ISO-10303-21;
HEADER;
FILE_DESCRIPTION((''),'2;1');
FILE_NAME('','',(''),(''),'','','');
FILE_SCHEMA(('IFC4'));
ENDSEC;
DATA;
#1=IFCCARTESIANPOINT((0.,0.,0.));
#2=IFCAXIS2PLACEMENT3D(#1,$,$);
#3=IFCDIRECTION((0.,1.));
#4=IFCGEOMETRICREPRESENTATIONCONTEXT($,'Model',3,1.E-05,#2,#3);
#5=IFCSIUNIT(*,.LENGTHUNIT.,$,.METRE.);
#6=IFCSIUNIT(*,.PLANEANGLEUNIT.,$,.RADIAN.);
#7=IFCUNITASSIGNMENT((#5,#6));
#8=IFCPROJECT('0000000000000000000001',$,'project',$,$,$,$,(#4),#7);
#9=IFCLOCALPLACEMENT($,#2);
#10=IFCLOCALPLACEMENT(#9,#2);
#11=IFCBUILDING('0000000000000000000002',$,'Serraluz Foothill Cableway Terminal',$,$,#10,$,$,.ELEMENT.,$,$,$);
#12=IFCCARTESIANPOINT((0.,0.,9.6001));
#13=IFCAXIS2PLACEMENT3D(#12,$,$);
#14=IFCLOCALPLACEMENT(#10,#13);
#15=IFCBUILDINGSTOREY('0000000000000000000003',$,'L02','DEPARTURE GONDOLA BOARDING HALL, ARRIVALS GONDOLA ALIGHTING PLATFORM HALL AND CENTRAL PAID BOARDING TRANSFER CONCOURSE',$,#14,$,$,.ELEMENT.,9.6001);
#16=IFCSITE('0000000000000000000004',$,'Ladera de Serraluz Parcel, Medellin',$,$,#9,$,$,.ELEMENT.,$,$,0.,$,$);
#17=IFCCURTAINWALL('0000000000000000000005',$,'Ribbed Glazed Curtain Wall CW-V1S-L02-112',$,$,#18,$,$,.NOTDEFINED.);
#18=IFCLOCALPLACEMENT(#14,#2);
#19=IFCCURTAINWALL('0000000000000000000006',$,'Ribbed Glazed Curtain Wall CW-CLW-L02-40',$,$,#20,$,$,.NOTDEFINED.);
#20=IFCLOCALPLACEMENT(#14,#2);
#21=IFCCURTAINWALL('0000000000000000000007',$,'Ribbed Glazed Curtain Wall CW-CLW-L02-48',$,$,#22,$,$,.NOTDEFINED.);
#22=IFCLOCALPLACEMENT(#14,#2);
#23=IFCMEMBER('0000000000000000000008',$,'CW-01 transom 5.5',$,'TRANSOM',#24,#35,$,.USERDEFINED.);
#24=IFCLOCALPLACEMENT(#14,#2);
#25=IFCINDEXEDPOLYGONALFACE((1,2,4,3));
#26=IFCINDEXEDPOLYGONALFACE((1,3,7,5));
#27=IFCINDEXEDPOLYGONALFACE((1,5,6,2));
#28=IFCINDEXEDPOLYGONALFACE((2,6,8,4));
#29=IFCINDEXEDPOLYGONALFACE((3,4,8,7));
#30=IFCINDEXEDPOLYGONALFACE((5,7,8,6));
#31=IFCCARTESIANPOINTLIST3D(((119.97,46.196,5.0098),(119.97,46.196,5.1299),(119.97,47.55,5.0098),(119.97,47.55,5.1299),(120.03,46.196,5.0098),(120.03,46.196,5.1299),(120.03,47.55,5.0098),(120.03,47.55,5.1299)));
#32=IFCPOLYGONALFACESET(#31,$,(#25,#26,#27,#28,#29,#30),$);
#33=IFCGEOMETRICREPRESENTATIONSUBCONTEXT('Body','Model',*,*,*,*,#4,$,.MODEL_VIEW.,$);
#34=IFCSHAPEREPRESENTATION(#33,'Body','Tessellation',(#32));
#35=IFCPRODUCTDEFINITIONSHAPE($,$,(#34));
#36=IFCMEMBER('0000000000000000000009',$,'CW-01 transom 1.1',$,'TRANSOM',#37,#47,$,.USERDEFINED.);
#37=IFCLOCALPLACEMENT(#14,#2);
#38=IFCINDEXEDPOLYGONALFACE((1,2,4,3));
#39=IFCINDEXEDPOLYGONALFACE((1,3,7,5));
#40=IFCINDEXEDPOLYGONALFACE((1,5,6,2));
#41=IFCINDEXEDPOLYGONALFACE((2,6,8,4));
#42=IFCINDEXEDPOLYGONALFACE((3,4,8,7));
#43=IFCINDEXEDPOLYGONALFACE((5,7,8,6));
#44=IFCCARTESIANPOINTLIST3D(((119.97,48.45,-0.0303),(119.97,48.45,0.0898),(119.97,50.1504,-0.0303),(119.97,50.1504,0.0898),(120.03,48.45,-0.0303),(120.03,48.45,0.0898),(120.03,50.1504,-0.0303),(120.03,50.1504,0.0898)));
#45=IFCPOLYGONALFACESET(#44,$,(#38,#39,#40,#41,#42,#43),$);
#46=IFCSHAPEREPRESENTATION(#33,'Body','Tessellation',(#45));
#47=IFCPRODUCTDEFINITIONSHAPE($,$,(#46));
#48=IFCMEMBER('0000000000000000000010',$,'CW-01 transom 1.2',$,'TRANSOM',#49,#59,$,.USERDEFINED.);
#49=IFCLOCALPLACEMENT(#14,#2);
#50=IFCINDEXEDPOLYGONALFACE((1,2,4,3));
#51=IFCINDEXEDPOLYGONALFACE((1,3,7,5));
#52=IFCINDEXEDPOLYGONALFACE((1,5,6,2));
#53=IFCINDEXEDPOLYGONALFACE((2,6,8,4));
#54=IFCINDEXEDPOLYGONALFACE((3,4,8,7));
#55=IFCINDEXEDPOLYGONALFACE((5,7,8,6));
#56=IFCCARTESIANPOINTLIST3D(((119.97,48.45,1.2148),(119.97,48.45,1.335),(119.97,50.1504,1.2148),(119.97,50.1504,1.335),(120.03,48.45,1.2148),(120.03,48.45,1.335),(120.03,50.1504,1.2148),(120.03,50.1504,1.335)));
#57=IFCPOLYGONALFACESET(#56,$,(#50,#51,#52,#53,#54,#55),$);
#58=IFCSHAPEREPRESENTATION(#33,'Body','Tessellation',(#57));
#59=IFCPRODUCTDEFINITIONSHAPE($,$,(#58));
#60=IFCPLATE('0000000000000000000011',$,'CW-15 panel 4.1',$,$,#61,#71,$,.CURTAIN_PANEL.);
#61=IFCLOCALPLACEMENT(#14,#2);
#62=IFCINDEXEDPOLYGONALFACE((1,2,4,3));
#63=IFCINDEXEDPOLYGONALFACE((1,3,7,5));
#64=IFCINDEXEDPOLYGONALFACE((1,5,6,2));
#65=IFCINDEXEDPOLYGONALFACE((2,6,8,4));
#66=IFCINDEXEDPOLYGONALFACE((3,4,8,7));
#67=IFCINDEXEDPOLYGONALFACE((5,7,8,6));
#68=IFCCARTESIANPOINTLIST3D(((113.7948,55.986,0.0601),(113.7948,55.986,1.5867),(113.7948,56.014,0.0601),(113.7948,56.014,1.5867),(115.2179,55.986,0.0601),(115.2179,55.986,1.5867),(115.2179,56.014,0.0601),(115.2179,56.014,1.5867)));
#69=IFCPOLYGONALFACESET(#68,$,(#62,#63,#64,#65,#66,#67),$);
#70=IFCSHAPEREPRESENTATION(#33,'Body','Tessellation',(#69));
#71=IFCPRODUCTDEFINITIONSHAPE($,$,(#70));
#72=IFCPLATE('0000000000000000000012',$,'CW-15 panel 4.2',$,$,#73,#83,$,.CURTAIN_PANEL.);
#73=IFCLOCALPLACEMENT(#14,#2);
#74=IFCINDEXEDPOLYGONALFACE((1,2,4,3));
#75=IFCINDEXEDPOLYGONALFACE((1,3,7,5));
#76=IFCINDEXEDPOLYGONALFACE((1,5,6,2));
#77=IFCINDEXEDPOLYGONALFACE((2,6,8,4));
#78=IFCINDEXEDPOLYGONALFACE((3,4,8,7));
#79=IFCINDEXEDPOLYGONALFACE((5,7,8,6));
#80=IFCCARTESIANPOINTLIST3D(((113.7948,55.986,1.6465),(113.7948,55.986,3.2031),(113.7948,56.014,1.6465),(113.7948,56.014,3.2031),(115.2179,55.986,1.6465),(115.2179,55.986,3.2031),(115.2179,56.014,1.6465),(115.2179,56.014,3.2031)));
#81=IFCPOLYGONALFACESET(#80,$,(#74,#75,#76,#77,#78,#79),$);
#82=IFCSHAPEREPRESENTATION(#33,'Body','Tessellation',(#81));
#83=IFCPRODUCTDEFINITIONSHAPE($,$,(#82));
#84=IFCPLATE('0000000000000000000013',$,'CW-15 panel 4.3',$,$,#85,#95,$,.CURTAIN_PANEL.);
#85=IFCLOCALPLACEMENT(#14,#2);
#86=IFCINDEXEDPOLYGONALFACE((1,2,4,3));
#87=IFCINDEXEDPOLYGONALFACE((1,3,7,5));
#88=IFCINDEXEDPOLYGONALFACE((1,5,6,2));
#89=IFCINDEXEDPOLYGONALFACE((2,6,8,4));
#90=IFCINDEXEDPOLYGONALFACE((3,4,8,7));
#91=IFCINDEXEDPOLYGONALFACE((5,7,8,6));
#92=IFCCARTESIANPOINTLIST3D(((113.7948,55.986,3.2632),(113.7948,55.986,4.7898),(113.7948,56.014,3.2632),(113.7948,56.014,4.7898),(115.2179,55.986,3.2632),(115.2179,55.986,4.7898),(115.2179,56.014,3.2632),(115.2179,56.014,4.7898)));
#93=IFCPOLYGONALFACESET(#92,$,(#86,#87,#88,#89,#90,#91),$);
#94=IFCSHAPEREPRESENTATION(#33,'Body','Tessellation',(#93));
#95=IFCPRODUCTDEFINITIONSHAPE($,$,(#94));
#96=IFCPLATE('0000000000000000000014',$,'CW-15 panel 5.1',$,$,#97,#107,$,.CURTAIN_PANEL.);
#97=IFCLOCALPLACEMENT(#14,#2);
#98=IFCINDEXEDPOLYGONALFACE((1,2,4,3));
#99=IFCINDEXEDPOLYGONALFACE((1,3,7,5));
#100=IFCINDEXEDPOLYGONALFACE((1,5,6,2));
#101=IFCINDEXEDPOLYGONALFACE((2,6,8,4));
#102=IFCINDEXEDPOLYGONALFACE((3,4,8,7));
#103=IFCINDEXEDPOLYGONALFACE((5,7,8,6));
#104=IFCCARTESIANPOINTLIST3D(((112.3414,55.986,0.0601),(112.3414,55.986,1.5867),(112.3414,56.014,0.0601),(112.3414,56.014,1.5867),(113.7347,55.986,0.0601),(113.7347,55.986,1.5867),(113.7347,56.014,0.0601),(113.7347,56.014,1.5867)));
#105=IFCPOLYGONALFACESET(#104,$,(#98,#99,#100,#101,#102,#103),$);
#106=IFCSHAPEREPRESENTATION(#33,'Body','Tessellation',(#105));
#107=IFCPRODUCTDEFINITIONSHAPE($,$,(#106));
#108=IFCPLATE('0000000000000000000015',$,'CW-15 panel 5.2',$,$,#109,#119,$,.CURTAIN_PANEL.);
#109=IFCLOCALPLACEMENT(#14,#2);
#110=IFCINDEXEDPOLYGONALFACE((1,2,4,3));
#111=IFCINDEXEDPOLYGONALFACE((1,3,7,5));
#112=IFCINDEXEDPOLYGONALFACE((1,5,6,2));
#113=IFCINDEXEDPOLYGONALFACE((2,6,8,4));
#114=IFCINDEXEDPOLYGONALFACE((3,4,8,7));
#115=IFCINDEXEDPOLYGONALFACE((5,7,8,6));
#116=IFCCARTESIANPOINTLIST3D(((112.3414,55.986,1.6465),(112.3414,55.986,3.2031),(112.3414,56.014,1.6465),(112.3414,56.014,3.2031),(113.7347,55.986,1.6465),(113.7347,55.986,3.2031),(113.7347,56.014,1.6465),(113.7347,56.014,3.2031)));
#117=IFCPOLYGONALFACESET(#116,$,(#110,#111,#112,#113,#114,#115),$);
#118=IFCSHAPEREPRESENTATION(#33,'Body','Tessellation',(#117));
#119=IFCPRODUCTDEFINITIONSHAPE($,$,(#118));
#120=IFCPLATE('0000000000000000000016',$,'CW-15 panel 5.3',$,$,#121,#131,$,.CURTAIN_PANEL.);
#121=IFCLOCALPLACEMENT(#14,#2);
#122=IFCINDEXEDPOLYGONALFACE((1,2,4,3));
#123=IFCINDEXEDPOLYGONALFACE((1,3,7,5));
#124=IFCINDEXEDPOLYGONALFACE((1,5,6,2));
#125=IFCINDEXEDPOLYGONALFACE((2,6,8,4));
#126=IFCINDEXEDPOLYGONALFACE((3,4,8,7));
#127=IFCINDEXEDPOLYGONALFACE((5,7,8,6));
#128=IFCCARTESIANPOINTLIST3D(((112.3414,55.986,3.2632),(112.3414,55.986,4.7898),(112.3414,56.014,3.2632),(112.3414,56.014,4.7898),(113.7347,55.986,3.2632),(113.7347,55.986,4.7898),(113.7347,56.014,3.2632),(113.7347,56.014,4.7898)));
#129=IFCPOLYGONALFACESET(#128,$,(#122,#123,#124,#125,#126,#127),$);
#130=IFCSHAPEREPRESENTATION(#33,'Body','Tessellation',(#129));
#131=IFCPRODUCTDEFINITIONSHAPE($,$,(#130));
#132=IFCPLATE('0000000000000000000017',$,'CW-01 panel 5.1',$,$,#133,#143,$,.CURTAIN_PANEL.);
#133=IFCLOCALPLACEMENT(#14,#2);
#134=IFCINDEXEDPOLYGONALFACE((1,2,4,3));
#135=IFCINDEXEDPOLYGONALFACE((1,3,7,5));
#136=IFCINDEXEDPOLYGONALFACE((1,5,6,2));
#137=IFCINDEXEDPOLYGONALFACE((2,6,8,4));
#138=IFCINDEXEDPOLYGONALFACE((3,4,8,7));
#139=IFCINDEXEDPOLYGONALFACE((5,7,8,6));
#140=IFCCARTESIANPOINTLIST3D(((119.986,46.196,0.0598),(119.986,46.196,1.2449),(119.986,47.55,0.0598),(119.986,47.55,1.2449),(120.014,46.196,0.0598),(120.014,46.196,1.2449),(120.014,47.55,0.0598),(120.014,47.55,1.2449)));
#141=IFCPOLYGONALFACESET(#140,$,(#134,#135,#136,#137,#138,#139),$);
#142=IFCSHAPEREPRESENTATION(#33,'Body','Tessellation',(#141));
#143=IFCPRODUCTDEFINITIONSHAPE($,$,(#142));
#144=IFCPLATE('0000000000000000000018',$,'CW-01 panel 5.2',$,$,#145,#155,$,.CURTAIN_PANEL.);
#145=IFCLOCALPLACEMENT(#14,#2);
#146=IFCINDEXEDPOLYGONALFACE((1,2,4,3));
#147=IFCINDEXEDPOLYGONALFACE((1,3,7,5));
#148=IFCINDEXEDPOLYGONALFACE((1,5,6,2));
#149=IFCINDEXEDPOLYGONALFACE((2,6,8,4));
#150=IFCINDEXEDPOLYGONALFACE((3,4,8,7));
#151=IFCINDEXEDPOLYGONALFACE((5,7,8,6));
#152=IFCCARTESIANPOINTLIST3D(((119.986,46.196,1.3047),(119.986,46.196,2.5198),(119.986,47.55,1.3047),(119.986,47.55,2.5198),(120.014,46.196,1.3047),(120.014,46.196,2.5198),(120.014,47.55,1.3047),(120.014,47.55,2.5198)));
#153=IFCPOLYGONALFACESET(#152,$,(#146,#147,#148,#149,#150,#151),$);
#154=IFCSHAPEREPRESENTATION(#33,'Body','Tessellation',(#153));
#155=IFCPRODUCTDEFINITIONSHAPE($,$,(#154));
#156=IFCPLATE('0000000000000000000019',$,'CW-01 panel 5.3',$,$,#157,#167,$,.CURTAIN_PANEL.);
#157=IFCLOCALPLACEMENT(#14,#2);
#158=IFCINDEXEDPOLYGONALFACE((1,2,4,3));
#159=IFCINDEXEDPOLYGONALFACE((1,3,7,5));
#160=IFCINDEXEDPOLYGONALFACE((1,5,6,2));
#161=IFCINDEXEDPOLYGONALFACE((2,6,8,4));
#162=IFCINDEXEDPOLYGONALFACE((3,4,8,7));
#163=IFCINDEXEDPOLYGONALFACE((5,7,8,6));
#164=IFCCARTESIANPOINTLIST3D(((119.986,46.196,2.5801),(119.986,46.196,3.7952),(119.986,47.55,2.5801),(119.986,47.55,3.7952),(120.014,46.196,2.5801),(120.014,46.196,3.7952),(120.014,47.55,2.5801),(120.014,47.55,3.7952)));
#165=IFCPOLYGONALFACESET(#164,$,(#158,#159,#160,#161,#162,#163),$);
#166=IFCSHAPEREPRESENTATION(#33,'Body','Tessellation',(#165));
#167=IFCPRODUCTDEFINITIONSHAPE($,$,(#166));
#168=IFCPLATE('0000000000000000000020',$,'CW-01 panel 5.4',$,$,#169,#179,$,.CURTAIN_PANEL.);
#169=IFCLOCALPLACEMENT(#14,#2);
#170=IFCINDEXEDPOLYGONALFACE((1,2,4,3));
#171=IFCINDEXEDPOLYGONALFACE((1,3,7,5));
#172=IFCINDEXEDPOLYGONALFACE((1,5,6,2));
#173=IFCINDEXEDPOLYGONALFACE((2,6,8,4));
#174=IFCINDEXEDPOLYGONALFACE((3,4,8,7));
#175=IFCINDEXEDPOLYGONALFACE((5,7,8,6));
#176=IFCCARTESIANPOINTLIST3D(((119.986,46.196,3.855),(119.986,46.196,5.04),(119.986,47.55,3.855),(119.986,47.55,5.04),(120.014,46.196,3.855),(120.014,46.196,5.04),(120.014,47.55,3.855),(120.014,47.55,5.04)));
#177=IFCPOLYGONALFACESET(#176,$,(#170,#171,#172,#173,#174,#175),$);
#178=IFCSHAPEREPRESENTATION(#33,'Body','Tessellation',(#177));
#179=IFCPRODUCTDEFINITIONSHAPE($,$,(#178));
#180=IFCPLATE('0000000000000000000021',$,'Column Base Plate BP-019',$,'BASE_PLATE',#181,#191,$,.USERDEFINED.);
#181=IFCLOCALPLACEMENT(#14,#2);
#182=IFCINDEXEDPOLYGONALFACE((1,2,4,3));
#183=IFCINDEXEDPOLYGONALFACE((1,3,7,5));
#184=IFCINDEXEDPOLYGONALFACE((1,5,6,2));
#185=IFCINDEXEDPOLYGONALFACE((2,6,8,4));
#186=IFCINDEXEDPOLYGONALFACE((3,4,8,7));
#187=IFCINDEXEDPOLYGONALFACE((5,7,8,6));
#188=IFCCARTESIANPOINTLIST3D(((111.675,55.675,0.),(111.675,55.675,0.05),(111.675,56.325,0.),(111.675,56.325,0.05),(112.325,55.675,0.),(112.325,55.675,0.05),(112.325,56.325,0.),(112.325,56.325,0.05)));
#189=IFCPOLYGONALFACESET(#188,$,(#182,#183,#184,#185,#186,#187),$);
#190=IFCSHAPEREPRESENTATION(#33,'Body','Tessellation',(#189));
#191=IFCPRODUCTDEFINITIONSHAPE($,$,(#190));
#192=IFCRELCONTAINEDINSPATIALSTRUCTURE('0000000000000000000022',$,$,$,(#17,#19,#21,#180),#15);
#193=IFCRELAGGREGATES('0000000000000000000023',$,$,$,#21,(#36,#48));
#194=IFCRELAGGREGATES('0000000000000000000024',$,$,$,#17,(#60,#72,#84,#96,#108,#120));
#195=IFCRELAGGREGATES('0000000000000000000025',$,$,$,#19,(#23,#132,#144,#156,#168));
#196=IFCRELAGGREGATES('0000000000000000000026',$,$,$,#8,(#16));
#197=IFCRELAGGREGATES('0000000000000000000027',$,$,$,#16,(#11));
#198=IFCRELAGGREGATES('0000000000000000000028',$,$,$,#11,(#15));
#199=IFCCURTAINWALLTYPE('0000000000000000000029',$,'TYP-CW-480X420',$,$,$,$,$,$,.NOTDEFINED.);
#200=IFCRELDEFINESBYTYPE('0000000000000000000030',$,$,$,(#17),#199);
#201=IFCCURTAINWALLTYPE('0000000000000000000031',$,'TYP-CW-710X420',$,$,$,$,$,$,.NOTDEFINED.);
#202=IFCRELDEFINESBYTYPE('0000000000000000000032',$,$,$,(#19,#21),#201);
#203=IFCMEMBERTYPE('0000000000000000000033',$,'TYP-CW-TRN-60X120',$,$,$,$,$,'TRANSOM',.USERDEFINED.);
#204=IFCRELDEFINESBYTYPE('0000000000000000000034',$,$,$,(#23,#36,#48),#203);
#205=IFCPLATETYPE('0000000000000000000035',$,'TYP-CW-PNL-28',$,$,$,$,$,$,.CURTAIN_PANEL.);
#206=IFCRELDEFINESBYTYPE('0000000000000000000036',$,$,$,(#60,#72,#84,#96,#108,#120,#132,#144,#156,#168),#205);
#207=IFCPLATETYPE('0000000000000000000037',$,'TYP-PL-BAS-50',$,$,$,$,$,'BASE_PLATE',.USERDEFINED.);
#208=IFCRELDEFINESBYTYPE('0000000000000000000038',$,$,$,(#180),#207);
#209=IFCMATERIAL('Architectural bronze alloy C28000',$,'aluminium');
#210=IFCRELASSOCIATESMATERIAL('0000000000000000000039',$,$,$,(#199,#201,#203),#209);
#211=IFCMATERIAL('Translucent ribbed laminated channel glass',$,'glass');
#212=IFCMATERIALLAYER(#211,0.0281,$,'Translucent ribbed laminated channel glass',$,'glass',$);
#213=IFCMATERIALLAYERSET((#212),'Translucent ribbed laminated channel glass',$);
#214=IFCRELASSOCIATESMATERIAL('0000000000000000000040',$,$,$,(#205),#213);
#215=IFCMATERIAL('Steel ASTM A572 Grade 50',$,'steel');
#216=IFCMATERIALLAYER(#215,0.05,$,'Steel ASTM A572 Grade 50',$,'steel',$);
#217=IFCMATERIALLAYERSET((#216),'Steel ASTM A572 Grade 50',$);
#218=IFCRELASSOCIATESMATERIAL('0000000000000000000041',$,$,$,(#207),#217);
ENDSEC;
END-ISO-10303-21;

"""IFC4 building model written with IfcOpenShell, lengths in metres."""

from ifc_helpers import new_model, si_unit, direction, frame, origin, origin_2d, place, context, subcontext, project, spatial, rectangle, extrude, material, layer, layer_set, material_profile, profile_set, type_object, element, aggregate, save


model = new_model("IFC4")

# Units and contexts
model_context = context("Model", 3, precision=1e-05, world=origin(), true_north=direction((0.0, 1.0)))
body_context = subcontext(model_context, "Body", "Model", "MODEL_VIEW")
ifc_project = project(units=[si_unit("LENGTHUNIT", "METRE"), si_unit("PLANEANGLEUNIT", "RADIAN")], contexts=[model_context])

# Site, building, storey
site_placement = place(None, origin())
site = spatial("IfcSite", under=ifc_project, at=site_placement, Name="Ladera de Serraluz Parcel, Medellin", CompositionType="ELEMENT", RefElevation=0.0)
building_placement = place(site_placement, origin())
building = spatial("IfcBuilding", under=site, at=building_placement, Name="Serraluz Foothill Cableway Terminal", CompositionType="ELEMENT")
storey_placement = place(building_placement, frame((0.0, 0.0, 9.6001)))
storey = spatial("IfcBuildingStorey", under=building, at=storey_placement, Name="L02", Description="DEPARTURE GONDOLA BOARDING HALL, ARRIVALS GONDOLA ALIGHTING PLATFORM HALL AND CENTRAL PAID BOARDING TRANSFER CONCOURSE", CompositionType="ELEMENT", Elevation=9.6001)

# Shared definitions
ifc_material_1 = material(Name="Architectural bronze alloy C28000", Category="aluminium")

# Curtain wall
curtain_wall_type_1 = type_object("IfcCurtainWallType", Name="TYP-CW-480X420", PredefinedType="NOTDEFINED", material=ifc_material_1)
curtain_wall_1_placement = place(storey_placement, origin())
curtain_wall_1 = element("IfcCurtainWall", 1, at=curtain_wall_1_placement, inside=storey, type_object=curtain_wall_type_1, Name="Ribbed Glazed Curtain Wall CW-V1S-L02-112", PredefinedType="NOTDEFINED")

# Curtain walls
curtain_wall_type_2 = type_object("IfcCurtainWallType", Name="TYP-CW-710X420", PredefinedType="NOTDEFINED", material=ifc_material_1)
curtain_wall_2_placement = place(storey_placement, origin())
curtain_wall_2 = element("IfcCurtainWall", 2, at=curtain_wall_2_placement, inside=storey, type_object=curtain_wall_type_2, Name="Ribbed Glazed Curtain Wall CW-CLW-L02-40", PredefinedType="NOTDEFINED")
curtain_wall_3_placement = place(storey_placement, origin())
curtain_wall_3 = element("IfcCurtainWall", 3, at=curtain_wall_3_placement, inside=storey, type_object=curtain_wall_type_2, Name="Ribbed Glazed Curtain Wall CW-CLW-L02-48", PredefinedType="NOTDEFINED")

# Members
ifc_material_profile_1 = material_profile(ifc_material_1, rectangle(XDim=0.0601, YDim=0.1201, at=origin_2d()), Name="ALU TRANSOM 60x120")
ifc_profile_set_1 = profile_set([ifc_material_profile_1], Name="Architectural bronze alloy C28000")
member_type_1 = type_object("IfcMemberType", Name="TYP-CW-TRN-60X120", ElementType="TRANSOM", PredefinedType="USERDEFINED", material=ifc_profile_set_1)
member_1_placement = place(storey_placement, frame((120.0, 46.196, 5.0698), z_axis=(0.0, 1.0, 0.0), x_axis=(-1.0, 0.0, 0.0)))
member_1 = element("IfcMember", 4, at=member_1_placement, type_object=member_type_1, Name="CW-01 transom 5.5", ObjectType="TRANSOM", PredefinedType="USERDEFINED", context=body_context, shape_type="SweptSolid", body=[
    extrude(rectangle(XDim=0.0601, YDim=0.1201, at=origin_2d()), origin(), (0.0, 0.0, 1.0), 1.354),
])
member_2_placement = place(storey_placement, frame((120.0, 48.45, 0.0298), z_axis=(0.0, 1.0, 0.0), x_axis=(-1.0, 0.0, 0.0)))
member_2 = element("IfcMember", 5, at=member_2_placement, type_object=member_type_1, Name="CW-01 transom 1.1", ObjectType="TRANSOM", PredefinedType="USERDEFINED", context=body_context, shape_type="SweptSolid", body=[
    extrude(rectangle(XDim=0.0601, YDim=0.1201, at=origin_2d()), origin(), (0.0, 0.0, 1.0), 1.7004),
])
member_3_placement = place(storey_placement, frame((120.0, 48.45, 1.2749), z_axis=(0.0, 1.0, 0.0), x_axis=(-1.0, 0.0, 0.0)))
member_3 = element("IfcMember", 6, at=member_3_placement, type_object=member_type_1, Name="CW-01 transom 1.2", ObjectType="TRANSOM", PredefinedType="USERDEFINED", context=body_context, shape_type="SweptSolid", body=[
    extrude(rectangle(XDim=0.0601, YDim=0.1201, at=origin_2d()), origin(), (0.0, 0.0, 1.0), 1.7004),
])
aggregate(curtain_wall_3, [member_2, member_3])

# Plates
ifc_material_2 = material(Name="Translucent ribbed laminated channel glass", Category="glass")
ifc_layer_1 = layer(ifc_material_2, 0.0281, Name="Translucent ribbed laminated channel glass", Category="glass")
ifc_layer_set_1 = layer_set([ifc_layer_1], Name="Translucent ribbed laminated channel glass")
plate_type_1 = type_object("IfcPlateType", Name="TYP-CW-PNL-28", PredefinedType="CURTAIN_PANEL", material=ifc_layer_set_1)
plate_1_placement = place(storey_placement, frame((114.5063, 56.0, 0.0601), z_axis=(0.0, 0.0, 1.0), x_axis=(-1.0, 0.0, 0.0)))
plate_1 = element("IfcPlate", 7, at=plate_1_placement, type_object=plate_type_1, Name="CW-15 panel 4.1", PredefinedType="CURTAIN_PANEL", context=body_context, shape_type="SweptSolid", body=[
    extrude(rectangle(XDim=1.4231, YDim=0.0281, at=origin_2d()), origin(), (0.0, 0.0, 1.0), 1.5266),
])
plate_2_placement = place(storey_placement, frame((114.5063, 56.0, 1.6465), z_axis=(0.0, 0.0, 1.0), x_axis=(-1.0, 0.0, 0.0)))
plate_2 = element("IfcPlate", 8, at=plate_2_placement, type_object=plate_type_1, Name="CW-15 panel 4.2", PredefinedType="CURTAIN_PANEL", context=body_context, shape_type="SweptSolid", body=[
    extrude(rectangle(XDim=1.4231, YDim=0.0281, at=origin_2d()), origin(), (0.0, 0.0, 1.0), 1.5566),
])
plate_3_placement = place(storey_placement, frame((114.5063, 56.0, 3.2632), z_axis=(0.0, 0.0, 1.0), x_axis=(-1.0, 0.0, 0.0)))
plate_3 = element("IfcPlate", 9, at=plate_3_placement, type_object=plate_type_1, Name="CW-15 panel 4.3", PredefinedType="CURTAIN_PANEL", context=body_context, shape_type="SweptSolid", body=[
    extrude(rectangle(XDim=1.4231, YDim=0.0281, at=origin_2d()), origin(), (0.0, 0.0, 1.0), 1.5266),
])
plate_4_placement = place(storey_placement, frame((113.0381, 56.0, 0.0601), z_axis=(0.0, 0.0, 1.0), x_axis=(-1.0, 0.0, 0.0)))
plate_4 = element("IfcPlate", 10, at=plate_4_placement, type_object=plate_type_1, Name="CW-15 panel 5.1", PredefinedType="CURTAIN_PANEL", context=body_context, shape_type="SweptSolid", body=[
    extrude(rectangle(XDim=1.3933, YDim=0.0281, at=origin_2d()), origin(), (0.0, 0.0, 1.0), 1.5266),
])
plate_5_placement = place(storey_placement, frame((113.0381, 56.0, 1.6465), z_axis=(0.0, 0.0, 1.0), x_axis=(-1.0, 0.0, 0.0)))
plate_5 = element("IfcPlate", 11, at=plate_5_placement, type_object=plate_type_1, Name="CW-15 panel 5.2", PredefinedType="CURTAIN_PANEL", context=body_context, shape_type="SweptSolid", body=[
    extrude(rectangle(XDim=1.3933, YDim=0.0281, at=origin_2d()), origin(), (0.0, 0.0, 1.0), 1.5566),
])
plate_6_placement = place(storey_placement, frame((113.0381, 56.0, 3.2632), z_axis=(0.0, 0.0, 1.0), x_axis=(-1.0, 0.0, 0.0)))
plate_6 = element("IfcPlate", 12, at=plate_6_placement, type_object=plate_type_1, Name="CW-15 panel 5.3", PredefinedType="CURTAIN_PANEL", context=body_context, shape_type="SweptSolid", body=[
    extrude(rectangle(XDim=1.3933, YDim=0.0281, at=origin_2d()), origin(), (0.0, 0.0, 1.0), 1.5266),
])
aggregate(curtain_wall_1, [plate_1, plate_2, plate_3, plate_4, plate_5, plate_6])
plate_7_placement = place(storey_placement, frame((120.0, 46.873, 0.0598), z_axis=(0.0, 0.0, 1.0), x_axis=(0.0, 1.0, 0.0)))
plate_7 = element("IfcPlate", 13, at=plate_7_placement, type_object=plate_type_1, Name="CW-01 panel 5.1", PredefinedType="CURTAIN_PANEL", context=body_context, shape_type="SweptSolid", body=[
    extrude(rectangle(XDim=1.354, YDim=0.0281, at=origin_2d()), origin(), (0.0, 0.0, 1.0), 1.1851),
])
plate_8_placement = place(storey_placement, frame((120.0, 46.873, 1.3047), z_axis=(0.0, 0.0, 1.0), x_axis=(0.0, 1.0, 0.0)))
plate_8 = element("IfcPlate", 14, at=plate_8_placement, type_object=plate_type_1, Name="CW-01 panel 5.2", PredefinedType="CURTAIN_PANEL", context=body_context, shape_type="SweptSolid", body=[
    extrude(rectangle(XDim=1.354, YDim=0.0281, at=origin_2d()), origin(), (0.0, 0.0, 1.0), 1.2151),
])
plate_9_placement = place(storey_placement, frame((120.0, 46.873, 2.5801), z_axis=(0.0, 0.0, 1.0), x_axis=(0.0, 1.0, 0.0)))
plate_9 = element("IfcPlate", 15, at=plate_9_placement, type_object=plate_type_1, Name="CW-01 panel 5.3", PredefinedType="CURTAIN_PANEL", context=body_context, shape_type="SweptSolid", body=[
    extrude(rectangle(XDim=1.354, YDim=0.0281, at=origin_2d()), origin(), (0.0, 0.0, 1.0), 1.2151),
])
plate_10_placement = place(storey_placement, frame((120.0, 46.873, 3.855), z_axis=(0.0, 0.0, 1.0), x_axis=(0.0, 1.0, 0.0)))
plate_10 = element("IfcPlate", 16, at=plate_10_placement, type_object=plate_type_1, Name="CW-01 panel 5.4", PredefinedType="CURTAIN_PANEL", context=body_context, shape_type="SweptSolid", body=[
    extrude(rectangle(XDim=1.354, YDim=0.0281, at=origin_2d()), origin(), (0.0, 0.0, 1.0), 1.1851),
])
aggregate(curtain_wall_2, [member_1, plate_7, plate_8, plate_9, plate_10])
ifc_material_3 = material(Name="Steel ASTM A572 Grade 50", Category="steel")
ifc_layer_2 = layer(ifc_material_3, 0.05, Name="Steel ASTM A572 Grade 50", Category="steel")
ifc_layer_set_2 = layer_set([ifc_layer_2], Name="Steel ASTM A572 Grade 50")
plate_type_2 = type_object("IfcPlateType", Name="TYP-PL-BAS-50", ElementType="BASE_PLATE", PredefinedType="USERDEFINED", material=ifc_layer_set_2)
plate_11_placement = place(storey_placement, frame((112.0, 56.0, 0.0), z_axis=(0.0, 0.0, 1.0), x_axis=(1.0, 0.0, 0.0)))
element("IfcPlate", 17, at=plate_11_placement, inside=storey, type_object=plate_type_2, Name="Column Base Plate BP-019", ObjectType="BASE_PLATE", PredefinedType="USERDEFINED", context=body_context, shape_type="SweptSolid", body=[
    extrude(rectangle(XDim=0.6499, YDim=0.6499, at=origin_2d()), origin(), (0.0, 0.0, 1.0), 0.05),
])

save(model, "model.ifc")
